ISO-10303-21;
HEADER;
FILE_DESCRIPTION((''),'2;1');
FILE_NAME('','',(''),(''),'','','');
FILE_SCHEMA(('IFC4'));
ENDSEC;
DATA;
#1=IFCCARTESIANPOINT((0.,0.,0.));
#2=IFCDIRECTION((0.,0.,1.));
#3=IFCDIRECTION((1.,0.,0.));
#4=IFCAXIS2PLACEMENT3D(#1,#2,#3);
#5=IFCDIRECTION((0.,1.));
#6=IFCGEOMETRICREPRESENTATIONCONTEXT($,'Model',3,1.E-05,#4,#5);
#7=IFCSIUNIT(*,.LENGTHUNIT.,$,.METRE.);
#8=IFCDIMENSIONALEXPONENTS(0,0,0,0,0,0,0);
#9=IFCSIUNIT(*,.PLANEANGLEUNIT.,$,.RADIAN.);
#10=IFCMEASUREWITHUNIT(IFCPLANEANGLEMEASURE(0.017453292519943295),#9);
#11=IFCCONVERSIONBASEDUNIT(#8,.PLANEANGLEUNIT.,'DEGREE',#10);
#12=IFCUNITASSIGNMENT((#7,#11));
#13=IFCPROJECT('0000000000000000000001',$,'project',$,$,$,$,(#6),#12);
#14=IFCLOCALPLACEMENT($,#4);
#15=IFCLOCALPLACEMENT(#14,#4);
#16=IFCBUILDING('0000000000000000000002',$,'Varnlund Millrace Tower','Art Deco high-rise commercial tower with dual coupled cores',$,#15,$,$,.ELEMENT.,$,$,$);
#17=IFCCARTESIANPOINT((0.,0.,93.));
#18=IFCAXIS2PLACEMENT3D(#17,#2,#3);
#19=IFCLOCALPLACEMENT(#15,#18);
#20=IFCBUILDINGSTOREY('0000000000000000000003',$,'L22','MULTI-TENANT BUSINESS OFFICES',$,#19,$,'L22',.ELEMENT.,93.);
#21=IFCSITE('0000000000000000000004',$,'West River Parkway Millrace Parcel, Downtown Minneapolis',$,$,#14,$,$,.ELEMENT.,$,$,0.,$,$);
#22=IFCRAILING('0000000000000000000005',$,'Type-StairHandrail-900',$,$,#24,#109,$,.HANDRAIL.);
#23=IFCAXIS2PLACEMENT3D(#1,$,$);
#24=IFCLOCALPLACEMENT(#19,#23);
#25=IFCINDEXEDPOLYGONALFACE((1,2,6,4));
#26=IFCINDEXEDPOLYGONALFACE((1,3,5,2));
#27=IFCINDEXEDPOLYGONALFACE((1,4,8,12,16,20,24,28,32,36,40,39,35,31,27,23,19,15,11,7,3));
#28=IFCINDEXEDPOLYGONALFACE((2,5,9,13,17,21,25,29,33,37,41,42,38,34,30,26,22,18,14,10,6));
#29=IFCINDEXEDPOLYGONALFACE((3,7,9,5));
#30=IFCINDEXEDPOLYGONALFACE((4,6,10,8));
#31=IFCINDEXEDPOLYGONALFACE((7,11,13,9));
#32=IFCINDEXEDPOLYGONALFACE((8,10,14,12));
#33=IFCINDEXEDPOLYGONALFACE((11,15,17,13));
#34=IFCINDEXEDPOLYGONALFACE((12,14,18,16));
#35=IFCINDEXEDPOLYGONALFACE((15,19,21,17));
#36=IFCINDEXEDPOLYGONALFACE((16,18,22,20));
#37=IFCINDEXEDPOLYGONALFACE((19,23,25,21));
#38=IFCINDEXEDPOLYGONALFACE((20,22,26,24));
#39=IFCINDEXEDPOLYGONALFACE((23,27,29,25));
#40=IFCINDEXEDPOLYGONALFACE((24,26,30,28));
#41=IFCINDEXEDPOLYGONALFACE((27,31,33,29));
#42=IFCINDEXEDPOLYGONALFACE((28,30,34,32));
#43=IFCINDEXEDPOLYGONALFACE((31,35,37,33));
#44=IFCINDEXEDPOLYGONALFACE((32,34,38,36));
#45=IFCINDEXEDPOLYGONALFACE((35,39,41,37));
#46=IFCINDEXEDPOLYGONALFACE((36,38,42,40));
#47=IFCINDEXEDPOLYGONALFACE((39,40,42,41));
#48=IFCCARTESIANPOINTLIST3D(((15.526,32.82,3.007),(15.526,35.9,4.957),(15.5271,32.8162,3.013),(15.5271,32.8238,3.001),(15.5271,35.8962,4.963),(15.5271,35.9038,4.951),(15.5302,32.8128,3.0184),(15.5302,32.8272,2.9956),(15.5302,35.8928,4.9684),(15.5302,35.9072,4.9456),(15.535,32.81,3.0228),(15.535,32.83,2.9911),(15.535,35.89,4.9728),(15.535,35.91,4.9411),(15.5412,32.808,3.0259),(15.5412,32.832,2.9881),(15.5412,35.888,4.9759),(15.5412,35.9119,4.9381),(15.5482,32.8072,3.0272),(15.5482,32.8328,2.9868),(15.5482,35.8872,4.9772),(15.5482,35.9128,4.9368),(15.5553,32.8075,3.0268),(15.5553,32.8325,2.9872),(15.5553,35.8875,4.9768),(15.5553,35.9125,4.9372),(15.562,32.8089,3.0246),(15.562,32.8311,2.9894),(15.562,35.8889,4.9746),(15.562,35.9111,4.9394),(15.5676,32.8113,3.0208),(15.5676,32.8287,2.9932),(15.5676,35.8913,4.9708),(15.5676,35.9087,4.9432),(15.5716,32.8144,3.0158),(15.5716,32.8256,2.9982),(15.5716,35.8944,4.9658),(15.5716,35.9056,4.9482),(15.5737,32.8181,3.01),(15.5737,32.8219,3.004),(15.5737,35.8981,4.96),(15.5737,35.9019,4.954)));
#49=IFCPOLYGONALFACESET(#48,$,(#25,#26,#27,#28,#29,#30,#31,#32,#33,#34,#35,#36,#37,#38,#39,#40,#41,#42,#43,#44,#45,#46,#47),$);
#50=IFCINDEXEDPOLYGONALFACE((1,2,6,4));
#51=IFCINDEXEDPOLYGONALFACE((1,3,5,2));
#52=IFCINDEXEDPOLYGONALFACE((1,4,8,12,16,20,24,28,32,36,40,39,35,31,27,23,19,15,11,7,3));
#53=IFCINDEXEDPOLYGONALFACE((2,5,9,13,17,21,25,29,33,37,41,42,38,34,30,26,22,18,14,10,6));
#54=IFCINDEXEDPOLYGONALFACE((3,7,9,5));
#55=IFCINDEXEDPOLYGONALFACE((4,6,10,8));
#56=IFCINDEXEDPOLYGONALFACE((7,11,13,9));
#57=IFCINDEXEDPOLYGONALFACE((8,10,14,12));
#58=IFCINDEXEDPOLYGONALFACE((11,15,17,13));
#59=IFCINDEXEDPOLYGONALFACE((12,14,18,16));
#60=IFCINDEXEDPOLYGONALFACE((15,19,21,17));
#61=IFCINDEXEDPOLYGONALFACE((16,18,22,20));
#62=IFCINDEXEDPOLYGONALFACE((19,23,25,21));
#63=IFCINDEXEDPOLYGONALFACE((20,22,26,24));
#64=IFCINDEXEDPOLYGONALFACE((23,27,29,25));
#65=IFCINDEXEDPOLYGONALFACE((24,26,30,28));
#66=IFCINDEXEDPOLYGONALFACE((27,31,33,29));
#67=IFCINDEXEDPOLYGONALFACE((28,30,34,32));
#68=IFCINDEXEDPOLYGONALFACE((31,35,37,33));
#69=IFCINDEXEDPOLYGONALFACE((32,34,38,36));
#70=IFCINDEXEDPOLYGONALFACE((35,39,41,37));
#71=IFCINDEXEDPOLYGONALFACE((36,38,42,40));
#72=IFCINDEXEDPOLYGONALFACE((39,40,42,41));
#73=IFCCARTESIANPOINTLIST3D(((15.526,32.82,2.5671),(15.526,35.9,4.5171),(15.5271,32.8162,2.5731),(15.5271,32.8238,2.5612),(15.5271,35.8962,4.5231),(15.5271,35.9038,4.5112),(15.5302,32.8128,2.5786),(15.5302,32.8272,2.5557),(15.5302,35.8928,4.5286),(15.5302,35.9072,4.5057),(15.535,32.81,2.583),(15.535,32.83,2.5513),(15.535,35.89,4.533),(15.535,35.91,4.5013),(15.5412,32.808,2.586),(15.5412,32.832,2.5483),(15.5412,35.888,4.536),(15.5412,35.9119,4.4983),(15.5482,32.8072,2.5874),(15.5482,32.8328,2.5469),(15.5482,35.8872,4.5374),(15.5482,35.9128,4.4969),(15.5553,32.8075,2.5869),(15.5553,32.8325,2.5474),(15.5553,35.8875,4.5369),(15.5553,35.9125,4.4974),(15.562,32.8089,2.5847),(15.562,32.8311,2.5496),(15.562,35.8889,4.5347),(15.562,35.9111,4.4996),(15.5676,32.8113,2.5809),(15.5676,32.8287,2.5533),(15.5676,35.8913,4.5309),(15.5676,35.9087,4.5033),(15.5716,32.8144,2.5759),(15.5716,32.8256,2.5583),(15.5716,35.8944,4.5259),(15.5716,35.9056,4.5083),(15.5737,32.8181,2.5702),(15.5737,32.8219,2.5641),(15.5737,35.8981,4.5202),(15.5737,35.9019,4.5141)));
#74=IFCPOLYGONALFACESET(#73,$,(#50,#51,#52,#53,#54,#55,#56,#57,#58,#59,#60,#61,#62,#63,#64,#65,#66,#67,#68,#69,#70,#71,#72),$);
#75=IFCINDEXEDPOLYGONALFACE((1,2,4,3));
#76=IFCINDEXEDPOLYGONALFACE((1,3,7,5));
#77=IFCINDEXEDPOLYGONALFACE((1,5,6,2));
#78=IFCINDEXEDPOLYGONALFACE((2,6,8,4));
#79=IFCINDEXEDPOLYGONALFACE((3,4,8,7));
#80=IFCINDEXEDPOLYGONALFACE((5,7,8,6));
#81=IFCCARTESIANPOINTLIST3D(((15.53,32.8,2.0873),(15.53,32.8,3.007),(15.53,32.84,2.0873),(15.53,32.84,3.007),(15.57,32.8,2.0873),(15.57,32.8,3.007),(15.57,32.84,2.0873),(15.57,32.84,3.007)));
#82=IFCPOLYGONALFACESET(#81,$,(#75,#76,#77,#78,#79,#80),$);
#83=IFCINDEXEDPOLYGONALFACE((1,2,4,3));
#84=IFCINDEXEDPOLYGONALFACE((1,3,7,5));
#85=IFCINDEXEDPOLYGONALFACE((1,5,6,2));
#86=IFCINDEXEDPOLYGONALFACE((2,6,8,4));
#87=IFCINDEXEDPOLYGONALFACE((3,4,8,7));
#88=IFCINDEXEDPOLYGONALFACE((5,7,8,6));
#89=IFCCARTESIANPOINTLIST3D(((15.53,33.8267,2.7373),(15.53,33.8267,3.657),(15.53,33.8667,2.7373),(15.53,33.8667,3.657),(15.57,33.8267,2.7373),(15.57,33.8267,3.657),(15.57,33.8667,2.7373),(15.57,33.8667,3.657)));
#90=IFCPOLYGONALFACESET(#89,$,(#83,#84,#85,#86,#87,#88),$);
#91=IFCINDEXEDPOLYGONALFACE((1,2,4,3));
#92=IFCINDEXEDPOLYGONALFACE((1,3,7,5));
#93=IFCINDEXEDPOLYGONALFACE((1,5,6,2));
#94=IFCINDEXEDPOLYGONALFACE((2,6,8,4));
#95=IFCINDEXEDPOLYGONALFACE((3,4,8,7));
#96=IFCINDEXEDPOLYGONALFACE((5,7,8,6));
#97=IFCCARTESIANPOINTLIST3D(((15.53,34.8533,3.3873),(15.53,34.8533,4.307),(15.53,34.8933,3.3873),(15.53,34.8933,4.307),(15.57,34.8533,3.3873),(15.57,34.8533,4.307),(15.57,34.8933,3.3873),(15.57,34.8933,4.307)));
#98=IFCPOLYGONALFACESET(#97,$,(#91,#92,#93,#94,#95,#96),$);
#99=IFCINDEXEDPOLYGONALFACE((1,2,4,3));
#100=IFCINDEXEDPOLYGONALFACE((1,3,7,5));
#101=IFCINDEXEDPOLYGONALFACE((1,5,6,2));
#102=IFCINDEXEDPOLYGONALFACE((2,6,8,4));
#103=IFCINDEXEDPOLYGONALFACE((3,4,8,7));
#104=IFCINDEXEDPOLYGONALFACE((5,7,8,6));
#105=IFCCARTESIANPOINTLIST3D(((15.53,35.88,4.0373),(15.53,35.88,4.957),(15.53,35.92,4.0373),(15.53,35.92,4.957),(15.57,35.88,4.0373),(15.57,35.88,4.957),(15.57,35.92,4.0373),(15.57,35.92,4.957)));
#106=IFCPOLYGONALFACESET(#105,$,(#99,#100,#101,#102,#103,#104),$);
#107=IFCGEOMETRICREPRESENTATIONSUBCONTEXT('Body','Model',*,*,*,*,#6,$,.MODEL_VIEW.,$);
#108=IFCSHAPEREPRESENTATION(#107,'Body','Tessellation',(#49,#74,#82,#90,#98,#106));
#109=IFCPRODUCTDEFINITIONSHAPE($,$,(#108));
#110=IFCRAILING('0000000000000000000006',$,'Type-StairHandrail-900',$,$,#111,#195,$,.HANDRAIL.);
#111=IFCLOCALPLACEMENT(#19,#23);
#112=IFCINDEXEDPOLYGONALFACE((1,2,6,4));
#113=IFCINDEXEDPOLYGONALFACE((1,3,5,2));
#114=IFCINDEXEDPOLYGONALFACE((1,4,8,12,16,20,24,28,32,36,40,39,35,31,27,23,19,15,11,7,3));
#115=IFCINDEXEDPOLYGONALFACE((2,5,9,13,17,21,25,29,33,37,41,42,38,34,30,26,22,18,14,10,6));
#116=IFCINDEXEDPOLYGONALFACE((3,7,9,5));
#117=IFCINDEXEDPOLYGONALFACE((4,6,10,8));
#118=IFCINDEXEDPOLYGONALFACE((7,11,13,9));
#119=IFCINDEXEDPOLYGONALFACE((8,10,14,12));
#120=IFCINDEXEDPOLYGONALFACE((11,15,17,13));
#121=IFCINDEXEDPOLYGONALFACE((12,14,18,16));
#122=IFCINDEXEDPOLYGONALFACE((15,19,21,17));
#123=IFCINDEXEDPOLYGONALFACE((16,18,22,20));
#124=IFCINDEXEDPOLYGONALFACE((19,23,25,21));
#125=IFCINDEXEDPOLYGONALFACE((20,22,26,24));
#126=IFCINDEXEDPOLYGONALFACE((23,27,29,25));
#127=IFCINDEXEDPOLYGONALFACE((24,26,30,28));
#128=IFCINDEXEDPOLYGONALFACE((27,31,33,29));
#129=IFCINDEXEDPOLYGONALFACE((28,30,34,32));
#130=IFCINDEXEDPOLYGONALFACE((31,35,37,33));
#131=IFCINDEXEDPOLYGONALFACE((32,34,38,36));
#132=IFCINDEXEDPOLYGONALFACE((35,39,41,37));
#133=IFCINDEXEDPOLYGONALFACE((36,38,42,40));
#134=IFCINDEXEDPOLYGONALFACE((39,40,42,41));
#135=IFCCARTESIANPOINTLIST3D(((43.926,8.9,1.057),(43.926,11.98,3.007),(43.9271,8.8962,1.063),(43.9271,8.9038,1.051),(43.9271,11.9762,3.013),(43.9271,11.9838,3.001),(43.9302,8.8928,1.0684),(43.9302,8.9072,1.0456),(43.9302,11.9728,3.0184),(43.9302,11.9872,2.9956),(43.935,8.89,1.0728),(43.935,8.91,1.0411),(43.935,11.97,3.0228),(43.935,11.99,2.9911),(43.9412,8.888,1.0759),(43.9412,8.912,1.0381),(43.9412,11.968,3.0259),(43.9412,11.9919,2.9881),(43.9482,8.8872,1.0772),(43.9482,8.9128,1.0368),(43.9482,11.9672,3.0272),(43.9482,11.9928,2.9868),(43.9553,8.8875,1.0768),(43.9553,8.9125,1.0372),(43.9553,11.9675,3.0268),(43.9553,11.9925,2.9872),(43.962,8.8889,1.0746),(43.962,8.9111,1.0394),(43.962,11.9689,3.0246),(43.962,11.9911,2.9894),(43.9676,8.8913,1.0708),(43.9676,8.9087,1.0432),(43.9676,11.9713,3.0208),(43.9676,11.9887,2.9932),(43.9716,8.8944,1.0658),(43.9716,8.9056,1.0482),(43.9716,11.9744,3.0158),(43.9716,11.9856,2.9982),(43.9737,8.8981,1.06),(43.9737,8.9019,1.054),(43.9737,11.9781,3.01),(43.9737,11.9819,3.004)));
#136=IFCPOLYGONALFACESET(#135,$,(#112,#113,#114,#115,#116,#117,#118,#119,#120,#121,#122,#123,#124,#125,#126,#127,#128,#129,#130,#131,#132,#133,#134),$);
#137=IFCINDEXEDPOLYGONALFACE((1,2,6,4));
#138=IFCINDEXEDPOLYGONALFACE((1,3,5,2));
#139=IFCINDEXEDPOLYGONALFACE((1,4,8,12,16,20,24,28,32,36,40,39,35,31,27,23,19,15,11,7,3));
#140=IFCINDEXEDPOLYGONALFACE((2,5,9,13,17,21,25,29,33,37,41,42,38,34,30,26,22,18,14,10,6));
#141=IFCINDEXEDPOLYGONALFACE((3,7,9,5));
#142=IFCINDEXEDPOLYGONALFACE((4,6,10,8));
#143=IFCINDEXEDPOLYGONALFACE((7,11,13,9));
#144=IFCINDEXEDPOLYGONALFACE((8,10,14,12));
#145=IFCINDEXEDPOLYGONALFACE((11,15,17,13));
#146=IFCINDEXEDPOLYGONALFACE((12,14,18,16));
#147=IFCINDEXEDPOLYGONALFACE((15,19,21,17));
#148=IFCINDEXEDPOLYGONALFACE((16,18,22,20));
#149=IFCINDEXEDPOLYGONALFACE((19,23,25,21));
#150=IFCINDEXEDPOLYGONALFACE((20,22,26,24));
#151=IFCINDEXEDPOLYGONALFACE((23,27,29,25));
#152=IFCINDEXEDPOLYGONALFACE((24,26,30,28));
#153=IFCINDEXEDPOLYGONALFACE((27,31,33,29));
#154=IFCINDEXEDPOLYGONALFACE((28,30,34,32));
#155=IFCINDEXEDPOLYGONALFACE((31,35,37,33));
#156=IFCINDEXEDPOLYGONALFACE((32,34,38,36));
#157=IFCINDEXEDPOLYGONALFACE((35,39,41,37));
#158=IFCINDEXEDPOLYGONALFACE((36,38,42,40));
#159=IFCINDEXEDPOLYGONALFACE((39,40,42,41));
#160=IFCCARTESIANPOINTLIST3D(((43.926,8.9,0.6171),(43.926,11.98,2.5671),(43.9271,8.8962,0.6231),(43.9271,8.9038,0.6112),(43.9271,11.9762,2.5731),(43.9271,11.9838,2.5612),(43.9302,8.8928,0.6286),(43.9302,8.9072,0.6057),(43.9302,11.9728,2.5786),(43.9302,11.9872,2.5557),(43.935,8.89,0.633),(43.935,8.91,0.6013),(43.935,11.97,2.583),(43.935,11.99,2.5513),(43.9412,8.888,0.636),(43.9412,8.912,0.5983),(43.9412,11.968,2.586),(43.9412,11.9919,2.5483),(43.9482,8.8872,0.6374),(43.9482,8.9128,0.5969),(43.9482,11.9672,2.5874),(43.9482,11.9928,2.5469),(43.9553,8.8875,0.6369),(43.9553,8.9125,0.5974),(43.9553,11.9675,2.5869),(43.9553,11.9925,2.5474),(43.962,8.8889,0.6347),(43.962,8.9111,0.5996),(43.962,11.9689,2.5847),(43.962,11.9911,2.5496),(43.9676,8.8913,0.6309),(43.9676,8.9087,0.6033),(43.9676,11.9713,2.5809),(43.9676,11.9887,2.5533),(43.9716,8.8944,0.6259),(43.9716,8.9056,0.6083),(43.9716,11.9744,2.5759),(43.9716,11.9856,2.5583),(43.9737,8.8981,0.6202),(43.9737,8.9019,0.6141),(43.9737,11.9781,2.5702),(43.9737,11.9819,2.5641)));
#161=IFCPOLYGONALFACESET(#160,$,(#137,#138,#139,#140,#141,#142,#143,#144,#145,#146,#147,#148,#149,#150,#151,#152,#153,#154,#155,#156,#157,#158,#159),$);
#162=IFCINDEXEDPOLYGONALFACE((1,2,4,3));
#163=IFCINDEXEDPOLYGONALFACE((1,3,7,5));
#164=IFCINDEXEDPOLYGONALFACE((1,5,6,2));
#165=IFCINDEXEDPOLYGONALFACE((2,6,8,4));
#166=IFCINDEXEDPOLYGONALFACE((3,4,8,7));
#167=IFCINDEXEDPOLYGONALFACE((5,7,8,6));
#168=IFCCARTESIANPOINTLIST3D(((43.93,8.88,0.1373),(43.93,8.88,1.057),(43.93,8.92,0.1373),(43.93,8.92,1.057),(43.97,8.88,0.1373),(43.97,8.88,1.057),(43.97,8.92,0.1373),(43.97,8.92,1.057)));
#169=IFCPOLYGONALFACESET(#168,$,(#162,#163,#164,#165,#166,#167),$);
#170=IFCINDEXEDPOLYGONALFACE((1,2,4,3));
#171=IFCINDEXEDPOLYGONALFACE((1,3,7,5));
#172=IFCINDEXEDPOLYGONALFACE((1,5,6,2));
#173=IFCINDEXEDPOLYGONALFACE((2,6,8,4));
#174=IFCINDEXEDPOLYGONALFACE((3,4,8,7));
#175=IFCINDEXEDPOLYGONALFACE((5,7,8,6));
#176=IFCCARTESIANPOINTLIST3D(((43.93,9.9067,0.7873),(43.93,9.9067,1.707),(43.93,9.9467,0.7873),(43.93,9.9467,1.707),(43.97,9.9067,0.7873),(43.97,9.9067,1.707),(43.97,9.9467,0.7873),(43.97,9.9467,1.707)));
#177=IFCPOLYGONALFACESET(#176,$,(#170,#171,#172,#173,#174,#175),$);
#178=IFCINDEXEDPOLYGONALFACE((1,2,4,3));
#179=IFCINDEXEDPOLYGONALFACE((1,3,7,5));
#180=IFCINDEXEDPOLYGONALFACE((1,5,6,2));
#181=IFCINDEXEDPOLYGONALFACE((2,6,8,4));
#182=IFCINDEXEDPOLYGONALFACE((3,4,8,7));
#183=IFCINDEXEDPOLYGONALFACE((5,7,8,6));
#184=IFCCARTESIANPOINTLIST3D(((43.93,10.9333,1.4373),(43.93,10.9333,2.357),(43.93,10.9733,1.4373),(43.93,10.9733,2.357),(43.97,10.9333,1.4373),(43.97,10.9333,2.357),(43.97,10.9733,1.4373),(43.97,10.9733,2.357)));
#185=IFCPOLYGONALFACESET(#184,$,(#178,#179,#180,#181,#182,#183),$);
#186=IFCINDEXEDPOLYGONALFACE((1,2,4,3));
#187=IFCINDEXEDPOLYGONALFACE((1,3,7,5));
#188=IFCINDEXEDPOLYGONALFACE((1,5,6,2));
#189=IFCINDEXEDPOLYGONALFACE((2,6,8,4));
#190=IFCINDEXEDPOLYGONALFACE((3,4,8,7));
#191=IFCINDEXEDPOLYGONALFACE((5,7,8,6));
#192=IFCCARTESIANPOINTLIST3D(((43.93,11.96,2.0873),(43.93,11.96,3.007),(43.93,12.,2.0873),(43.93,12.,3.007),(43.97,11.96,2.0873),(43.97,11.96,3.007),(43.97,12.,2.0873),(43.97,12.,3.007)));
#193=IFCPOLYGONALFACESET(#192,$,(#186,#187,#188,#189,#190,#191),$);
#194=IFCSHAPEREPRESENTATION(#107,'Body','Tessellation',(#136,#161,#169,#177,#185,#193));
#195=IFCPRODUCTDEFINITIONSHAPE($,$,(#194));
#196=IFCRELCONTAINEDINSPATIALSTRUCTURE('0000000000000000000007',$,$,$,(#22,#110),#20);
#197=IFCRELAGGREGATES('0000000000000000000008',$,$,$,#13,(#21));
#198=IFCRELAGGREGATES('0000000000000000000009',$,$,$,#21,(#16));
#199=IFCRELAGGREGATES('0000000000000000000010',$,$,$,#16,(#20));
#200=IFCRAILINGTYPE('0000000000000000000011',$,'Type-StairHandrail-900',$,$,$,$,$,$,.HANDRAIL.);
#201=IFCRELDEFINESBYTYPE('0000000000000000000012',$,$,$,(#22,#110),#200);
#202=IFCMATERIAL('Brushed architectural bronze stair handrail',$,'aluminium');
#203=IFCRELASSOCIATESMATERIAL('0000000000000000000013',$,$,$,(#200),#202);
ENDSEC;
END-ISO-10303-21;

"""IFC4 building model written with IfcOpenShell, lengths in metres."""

from ifc_helpers import new_model, entity, si_unit, converted_unit, direction, frame, origin_with_axes, origin_2d_with_axis, place, context, subcontext, project, spatial, rectangle, circle, extrude, material, type_object, element, save


model = new_model("IFC4")

# Units and contexts
model_context = context("Model", 3, precision=1e-05, world=origin_with_axes(), true_north=direction((0.0, 1.0)))
body_context = subcontext(model_context, "Body", "Model", "MODEL_VIEW")
ifc_project = project(units=[si_unit("LENGTHUNIT", "METRE"), converted_unit("PLANEANGLEUNIT", "DEGREE", entity("IfcPlaneAngleMeasure", 0.017453292519943295), si_unit("PLANEANGLEUNIT", "RADIAN"), dimensions=[0, 0, 0, 0, 0, 0, 0])], contexts=[model_context])

# Site, building, storey
site_placement = place(None, origin_with_axes())
site = spatial("IfcSite", under=ifc_project, at=site_placement, Name="West River Parkway Millrace Parcel, Downtown Minneapolis", CompositionType="ELEMENT", RefElevation=0.0)
building_placement = place(site_placement, origin_with_axes())
building = spatial("IfcBuilding", under=site, at=building_placement, Name="Varnlund Millrace Tower", Description="Art Deco high-rise commercial tower with dual coupled cores", CompositionType="ELEMENT")
storey_placement = place(building_placement, frame((0.0, 0.0, 93.0), z_axis=(0.0, 0.0, 1.0), x_axis=(1.0, 0.0, 0.0)))
storey = spatial("IfcBuildingStorey", under=building, at=storey_placement, Name="L22", Description="MULTI-TENANT BUSINESS OFFICES", LongName="L22", CompositionType="ELEMENT", Elevation=93.0)

# Railings
ifc_material_1 = material(Name="Brushed architectural bronze stair handrail", Category="aluminium")
railing_type_1 = type_object("IfcRailingType", Name="Type-StairHandrail-900", PredefinedType="HANDRAIL", material=ifc_material_1)
railing_1_placement = place(storey_placement, frame((0.0, 0.0, -93.0), z_axis=(0.0, 0.0, 1.0), x_axis=(1.0, 0.0, 0.0)))
element("IfcRailing", 1, at=railing_1_placement, inside=storey, type_object=railing_type_1, Name="Type-StairHandrail-900", PredefinedType="HANDRAIL", context=body_context, shape_type="SweptSolid", body=[
    extrude(circle(Radius=0.024, at=origin_2d_with_axis()), frame((15.55, 32.82, 96.007), z_axis=(0.0, 0.844902, 0.534922), x_axis=(-1.0, 0.0, 0.0)), (0.0, 0.0, 1.0), 3.6454),
    extrude(circle(Radius=0.024, at=origin_2d_with_axis()), frame((15.55, 32.82, 95.5671), z_axis=(0.0, 0.844902, 0.534922), x_axis=(-1.0, 0.0, 0.0)), (0.0, 0.0, 1.0), 3.6454),
    extrude(rectangle(XDim=0.04, YDim=0.04, at=origin_2d_with_axis()), frame((15.55, 32.82, 95.0873), z_axis=(0.0, 0.0, 1.0), x_axis=(1.0, 0.0, 0.0)), (0.0, 0.0, 1.0), 0.9197),
    extrude(rectangle(XDim=0.04, YDim=0.04, at=origin_2d_with_axis()), frame((15.55, 33.8467, 95.7373), z_axis=(0.0, 0.0, 1.0), x_axis=(1.0, 0.0, 0.0)), (0.0, 0.0, 1.0), 0.9197),
    extrude(rectangle(XDim=0.04, YDim=0.04, at=origin_2d_with_axis()), frame((15.55, 34.8733, 96.3873), z_axis=(0.0, 0.0, 1.0), x_axis=(1.0, 0.0, 0.0)), (0.0, 0.0, 1.0), 0.9197),
    extrude(rectangle(XDim=0.04, YDim=0.04, at=origin_2d_with_axis()), frame((15.55, 35.9, 97.0373), z_axis=(0.0, 0.0, 1.0), x_axis=(1.0, 0.0, 0.0)), (0.0, 0.0, 1.0), 0.9197),
])
railing_2_placement = place(storey_placement, frame((0.0, 0.0, -93.0), z_axis=(0.0, 0.0, 1.0), x_axis=(1.0, 0.0, 0.0)))
element("IfcRailing", 2, at=railing_2_placement, inside=storey, type_object=railing_type_1, Name="Type-StairHandrail-900", PredefinedType="HANDRAIL", context=body_context, shape_type="SweptSolid", body=[
    extrude(circle(Radius=0.024, at=origin_2d_with_axis()), frame((43.95, 8.9, 94.057), z_axis=(0.0, 0.844902, 0.534922), x_axis=(-1.0, 0.0, 0.0)), (0.0, 0.0, 1.0), 3.6454),
    extrude(circle(Radius=0.024, at=origin_2d_with_axis()), frame((43.95, 8.9, 93.6171), z_axis=(0.0, 0.844902, 0.534922), x_axis=(-1.0, 0.0, 0.0)), (0.0, 0.0, 1.0), 3.6454),
    extrude(rectangle(XDim=0.04, YDim=0.04, at=origin_2d_with_axis()), frame((43.95, 8.9, 93.1373), z_axis=(0.0, 0.0, 1.0), x_axis=(1.0, 0.0, 0.0)), (0.0, 0.0, 1.0), 0.9197),
    extrude(rectangle(XDim=0.04, YDim=0.04, at=origin_2d_with_axis()), frame((43.95, 9.9267, 93.7873), z_axis=(0.0, 0.0, 1.0), x_axis=(1.0, 0.0, 0.0)), (0.0, 0.0, 1.0), 0.9197),
    extrude(rectangle(XDim=0.04, YDim=0.04, at=origin_2d_with_axis()), frame((43.95, 10.9533, 94.4373), z_axis=(0.0, 0.0, 1.0), x_axis=(1.0, 0.0, 0.0)), (0.0, 0.0, 1.0), 0.9197),
    extrude(rectangle(XDim=0.04, YDim=0.04, at=origin_2d_with_axis()), frame((43.95, 11.98, 95.0873), z_axis=(0.0, 0.0, 1.0), x_axis=(1.0, 0.0, 0.0)), (0.0, 0.0, 1.0), 0.9197),
])

save(model, "model.ifc")
